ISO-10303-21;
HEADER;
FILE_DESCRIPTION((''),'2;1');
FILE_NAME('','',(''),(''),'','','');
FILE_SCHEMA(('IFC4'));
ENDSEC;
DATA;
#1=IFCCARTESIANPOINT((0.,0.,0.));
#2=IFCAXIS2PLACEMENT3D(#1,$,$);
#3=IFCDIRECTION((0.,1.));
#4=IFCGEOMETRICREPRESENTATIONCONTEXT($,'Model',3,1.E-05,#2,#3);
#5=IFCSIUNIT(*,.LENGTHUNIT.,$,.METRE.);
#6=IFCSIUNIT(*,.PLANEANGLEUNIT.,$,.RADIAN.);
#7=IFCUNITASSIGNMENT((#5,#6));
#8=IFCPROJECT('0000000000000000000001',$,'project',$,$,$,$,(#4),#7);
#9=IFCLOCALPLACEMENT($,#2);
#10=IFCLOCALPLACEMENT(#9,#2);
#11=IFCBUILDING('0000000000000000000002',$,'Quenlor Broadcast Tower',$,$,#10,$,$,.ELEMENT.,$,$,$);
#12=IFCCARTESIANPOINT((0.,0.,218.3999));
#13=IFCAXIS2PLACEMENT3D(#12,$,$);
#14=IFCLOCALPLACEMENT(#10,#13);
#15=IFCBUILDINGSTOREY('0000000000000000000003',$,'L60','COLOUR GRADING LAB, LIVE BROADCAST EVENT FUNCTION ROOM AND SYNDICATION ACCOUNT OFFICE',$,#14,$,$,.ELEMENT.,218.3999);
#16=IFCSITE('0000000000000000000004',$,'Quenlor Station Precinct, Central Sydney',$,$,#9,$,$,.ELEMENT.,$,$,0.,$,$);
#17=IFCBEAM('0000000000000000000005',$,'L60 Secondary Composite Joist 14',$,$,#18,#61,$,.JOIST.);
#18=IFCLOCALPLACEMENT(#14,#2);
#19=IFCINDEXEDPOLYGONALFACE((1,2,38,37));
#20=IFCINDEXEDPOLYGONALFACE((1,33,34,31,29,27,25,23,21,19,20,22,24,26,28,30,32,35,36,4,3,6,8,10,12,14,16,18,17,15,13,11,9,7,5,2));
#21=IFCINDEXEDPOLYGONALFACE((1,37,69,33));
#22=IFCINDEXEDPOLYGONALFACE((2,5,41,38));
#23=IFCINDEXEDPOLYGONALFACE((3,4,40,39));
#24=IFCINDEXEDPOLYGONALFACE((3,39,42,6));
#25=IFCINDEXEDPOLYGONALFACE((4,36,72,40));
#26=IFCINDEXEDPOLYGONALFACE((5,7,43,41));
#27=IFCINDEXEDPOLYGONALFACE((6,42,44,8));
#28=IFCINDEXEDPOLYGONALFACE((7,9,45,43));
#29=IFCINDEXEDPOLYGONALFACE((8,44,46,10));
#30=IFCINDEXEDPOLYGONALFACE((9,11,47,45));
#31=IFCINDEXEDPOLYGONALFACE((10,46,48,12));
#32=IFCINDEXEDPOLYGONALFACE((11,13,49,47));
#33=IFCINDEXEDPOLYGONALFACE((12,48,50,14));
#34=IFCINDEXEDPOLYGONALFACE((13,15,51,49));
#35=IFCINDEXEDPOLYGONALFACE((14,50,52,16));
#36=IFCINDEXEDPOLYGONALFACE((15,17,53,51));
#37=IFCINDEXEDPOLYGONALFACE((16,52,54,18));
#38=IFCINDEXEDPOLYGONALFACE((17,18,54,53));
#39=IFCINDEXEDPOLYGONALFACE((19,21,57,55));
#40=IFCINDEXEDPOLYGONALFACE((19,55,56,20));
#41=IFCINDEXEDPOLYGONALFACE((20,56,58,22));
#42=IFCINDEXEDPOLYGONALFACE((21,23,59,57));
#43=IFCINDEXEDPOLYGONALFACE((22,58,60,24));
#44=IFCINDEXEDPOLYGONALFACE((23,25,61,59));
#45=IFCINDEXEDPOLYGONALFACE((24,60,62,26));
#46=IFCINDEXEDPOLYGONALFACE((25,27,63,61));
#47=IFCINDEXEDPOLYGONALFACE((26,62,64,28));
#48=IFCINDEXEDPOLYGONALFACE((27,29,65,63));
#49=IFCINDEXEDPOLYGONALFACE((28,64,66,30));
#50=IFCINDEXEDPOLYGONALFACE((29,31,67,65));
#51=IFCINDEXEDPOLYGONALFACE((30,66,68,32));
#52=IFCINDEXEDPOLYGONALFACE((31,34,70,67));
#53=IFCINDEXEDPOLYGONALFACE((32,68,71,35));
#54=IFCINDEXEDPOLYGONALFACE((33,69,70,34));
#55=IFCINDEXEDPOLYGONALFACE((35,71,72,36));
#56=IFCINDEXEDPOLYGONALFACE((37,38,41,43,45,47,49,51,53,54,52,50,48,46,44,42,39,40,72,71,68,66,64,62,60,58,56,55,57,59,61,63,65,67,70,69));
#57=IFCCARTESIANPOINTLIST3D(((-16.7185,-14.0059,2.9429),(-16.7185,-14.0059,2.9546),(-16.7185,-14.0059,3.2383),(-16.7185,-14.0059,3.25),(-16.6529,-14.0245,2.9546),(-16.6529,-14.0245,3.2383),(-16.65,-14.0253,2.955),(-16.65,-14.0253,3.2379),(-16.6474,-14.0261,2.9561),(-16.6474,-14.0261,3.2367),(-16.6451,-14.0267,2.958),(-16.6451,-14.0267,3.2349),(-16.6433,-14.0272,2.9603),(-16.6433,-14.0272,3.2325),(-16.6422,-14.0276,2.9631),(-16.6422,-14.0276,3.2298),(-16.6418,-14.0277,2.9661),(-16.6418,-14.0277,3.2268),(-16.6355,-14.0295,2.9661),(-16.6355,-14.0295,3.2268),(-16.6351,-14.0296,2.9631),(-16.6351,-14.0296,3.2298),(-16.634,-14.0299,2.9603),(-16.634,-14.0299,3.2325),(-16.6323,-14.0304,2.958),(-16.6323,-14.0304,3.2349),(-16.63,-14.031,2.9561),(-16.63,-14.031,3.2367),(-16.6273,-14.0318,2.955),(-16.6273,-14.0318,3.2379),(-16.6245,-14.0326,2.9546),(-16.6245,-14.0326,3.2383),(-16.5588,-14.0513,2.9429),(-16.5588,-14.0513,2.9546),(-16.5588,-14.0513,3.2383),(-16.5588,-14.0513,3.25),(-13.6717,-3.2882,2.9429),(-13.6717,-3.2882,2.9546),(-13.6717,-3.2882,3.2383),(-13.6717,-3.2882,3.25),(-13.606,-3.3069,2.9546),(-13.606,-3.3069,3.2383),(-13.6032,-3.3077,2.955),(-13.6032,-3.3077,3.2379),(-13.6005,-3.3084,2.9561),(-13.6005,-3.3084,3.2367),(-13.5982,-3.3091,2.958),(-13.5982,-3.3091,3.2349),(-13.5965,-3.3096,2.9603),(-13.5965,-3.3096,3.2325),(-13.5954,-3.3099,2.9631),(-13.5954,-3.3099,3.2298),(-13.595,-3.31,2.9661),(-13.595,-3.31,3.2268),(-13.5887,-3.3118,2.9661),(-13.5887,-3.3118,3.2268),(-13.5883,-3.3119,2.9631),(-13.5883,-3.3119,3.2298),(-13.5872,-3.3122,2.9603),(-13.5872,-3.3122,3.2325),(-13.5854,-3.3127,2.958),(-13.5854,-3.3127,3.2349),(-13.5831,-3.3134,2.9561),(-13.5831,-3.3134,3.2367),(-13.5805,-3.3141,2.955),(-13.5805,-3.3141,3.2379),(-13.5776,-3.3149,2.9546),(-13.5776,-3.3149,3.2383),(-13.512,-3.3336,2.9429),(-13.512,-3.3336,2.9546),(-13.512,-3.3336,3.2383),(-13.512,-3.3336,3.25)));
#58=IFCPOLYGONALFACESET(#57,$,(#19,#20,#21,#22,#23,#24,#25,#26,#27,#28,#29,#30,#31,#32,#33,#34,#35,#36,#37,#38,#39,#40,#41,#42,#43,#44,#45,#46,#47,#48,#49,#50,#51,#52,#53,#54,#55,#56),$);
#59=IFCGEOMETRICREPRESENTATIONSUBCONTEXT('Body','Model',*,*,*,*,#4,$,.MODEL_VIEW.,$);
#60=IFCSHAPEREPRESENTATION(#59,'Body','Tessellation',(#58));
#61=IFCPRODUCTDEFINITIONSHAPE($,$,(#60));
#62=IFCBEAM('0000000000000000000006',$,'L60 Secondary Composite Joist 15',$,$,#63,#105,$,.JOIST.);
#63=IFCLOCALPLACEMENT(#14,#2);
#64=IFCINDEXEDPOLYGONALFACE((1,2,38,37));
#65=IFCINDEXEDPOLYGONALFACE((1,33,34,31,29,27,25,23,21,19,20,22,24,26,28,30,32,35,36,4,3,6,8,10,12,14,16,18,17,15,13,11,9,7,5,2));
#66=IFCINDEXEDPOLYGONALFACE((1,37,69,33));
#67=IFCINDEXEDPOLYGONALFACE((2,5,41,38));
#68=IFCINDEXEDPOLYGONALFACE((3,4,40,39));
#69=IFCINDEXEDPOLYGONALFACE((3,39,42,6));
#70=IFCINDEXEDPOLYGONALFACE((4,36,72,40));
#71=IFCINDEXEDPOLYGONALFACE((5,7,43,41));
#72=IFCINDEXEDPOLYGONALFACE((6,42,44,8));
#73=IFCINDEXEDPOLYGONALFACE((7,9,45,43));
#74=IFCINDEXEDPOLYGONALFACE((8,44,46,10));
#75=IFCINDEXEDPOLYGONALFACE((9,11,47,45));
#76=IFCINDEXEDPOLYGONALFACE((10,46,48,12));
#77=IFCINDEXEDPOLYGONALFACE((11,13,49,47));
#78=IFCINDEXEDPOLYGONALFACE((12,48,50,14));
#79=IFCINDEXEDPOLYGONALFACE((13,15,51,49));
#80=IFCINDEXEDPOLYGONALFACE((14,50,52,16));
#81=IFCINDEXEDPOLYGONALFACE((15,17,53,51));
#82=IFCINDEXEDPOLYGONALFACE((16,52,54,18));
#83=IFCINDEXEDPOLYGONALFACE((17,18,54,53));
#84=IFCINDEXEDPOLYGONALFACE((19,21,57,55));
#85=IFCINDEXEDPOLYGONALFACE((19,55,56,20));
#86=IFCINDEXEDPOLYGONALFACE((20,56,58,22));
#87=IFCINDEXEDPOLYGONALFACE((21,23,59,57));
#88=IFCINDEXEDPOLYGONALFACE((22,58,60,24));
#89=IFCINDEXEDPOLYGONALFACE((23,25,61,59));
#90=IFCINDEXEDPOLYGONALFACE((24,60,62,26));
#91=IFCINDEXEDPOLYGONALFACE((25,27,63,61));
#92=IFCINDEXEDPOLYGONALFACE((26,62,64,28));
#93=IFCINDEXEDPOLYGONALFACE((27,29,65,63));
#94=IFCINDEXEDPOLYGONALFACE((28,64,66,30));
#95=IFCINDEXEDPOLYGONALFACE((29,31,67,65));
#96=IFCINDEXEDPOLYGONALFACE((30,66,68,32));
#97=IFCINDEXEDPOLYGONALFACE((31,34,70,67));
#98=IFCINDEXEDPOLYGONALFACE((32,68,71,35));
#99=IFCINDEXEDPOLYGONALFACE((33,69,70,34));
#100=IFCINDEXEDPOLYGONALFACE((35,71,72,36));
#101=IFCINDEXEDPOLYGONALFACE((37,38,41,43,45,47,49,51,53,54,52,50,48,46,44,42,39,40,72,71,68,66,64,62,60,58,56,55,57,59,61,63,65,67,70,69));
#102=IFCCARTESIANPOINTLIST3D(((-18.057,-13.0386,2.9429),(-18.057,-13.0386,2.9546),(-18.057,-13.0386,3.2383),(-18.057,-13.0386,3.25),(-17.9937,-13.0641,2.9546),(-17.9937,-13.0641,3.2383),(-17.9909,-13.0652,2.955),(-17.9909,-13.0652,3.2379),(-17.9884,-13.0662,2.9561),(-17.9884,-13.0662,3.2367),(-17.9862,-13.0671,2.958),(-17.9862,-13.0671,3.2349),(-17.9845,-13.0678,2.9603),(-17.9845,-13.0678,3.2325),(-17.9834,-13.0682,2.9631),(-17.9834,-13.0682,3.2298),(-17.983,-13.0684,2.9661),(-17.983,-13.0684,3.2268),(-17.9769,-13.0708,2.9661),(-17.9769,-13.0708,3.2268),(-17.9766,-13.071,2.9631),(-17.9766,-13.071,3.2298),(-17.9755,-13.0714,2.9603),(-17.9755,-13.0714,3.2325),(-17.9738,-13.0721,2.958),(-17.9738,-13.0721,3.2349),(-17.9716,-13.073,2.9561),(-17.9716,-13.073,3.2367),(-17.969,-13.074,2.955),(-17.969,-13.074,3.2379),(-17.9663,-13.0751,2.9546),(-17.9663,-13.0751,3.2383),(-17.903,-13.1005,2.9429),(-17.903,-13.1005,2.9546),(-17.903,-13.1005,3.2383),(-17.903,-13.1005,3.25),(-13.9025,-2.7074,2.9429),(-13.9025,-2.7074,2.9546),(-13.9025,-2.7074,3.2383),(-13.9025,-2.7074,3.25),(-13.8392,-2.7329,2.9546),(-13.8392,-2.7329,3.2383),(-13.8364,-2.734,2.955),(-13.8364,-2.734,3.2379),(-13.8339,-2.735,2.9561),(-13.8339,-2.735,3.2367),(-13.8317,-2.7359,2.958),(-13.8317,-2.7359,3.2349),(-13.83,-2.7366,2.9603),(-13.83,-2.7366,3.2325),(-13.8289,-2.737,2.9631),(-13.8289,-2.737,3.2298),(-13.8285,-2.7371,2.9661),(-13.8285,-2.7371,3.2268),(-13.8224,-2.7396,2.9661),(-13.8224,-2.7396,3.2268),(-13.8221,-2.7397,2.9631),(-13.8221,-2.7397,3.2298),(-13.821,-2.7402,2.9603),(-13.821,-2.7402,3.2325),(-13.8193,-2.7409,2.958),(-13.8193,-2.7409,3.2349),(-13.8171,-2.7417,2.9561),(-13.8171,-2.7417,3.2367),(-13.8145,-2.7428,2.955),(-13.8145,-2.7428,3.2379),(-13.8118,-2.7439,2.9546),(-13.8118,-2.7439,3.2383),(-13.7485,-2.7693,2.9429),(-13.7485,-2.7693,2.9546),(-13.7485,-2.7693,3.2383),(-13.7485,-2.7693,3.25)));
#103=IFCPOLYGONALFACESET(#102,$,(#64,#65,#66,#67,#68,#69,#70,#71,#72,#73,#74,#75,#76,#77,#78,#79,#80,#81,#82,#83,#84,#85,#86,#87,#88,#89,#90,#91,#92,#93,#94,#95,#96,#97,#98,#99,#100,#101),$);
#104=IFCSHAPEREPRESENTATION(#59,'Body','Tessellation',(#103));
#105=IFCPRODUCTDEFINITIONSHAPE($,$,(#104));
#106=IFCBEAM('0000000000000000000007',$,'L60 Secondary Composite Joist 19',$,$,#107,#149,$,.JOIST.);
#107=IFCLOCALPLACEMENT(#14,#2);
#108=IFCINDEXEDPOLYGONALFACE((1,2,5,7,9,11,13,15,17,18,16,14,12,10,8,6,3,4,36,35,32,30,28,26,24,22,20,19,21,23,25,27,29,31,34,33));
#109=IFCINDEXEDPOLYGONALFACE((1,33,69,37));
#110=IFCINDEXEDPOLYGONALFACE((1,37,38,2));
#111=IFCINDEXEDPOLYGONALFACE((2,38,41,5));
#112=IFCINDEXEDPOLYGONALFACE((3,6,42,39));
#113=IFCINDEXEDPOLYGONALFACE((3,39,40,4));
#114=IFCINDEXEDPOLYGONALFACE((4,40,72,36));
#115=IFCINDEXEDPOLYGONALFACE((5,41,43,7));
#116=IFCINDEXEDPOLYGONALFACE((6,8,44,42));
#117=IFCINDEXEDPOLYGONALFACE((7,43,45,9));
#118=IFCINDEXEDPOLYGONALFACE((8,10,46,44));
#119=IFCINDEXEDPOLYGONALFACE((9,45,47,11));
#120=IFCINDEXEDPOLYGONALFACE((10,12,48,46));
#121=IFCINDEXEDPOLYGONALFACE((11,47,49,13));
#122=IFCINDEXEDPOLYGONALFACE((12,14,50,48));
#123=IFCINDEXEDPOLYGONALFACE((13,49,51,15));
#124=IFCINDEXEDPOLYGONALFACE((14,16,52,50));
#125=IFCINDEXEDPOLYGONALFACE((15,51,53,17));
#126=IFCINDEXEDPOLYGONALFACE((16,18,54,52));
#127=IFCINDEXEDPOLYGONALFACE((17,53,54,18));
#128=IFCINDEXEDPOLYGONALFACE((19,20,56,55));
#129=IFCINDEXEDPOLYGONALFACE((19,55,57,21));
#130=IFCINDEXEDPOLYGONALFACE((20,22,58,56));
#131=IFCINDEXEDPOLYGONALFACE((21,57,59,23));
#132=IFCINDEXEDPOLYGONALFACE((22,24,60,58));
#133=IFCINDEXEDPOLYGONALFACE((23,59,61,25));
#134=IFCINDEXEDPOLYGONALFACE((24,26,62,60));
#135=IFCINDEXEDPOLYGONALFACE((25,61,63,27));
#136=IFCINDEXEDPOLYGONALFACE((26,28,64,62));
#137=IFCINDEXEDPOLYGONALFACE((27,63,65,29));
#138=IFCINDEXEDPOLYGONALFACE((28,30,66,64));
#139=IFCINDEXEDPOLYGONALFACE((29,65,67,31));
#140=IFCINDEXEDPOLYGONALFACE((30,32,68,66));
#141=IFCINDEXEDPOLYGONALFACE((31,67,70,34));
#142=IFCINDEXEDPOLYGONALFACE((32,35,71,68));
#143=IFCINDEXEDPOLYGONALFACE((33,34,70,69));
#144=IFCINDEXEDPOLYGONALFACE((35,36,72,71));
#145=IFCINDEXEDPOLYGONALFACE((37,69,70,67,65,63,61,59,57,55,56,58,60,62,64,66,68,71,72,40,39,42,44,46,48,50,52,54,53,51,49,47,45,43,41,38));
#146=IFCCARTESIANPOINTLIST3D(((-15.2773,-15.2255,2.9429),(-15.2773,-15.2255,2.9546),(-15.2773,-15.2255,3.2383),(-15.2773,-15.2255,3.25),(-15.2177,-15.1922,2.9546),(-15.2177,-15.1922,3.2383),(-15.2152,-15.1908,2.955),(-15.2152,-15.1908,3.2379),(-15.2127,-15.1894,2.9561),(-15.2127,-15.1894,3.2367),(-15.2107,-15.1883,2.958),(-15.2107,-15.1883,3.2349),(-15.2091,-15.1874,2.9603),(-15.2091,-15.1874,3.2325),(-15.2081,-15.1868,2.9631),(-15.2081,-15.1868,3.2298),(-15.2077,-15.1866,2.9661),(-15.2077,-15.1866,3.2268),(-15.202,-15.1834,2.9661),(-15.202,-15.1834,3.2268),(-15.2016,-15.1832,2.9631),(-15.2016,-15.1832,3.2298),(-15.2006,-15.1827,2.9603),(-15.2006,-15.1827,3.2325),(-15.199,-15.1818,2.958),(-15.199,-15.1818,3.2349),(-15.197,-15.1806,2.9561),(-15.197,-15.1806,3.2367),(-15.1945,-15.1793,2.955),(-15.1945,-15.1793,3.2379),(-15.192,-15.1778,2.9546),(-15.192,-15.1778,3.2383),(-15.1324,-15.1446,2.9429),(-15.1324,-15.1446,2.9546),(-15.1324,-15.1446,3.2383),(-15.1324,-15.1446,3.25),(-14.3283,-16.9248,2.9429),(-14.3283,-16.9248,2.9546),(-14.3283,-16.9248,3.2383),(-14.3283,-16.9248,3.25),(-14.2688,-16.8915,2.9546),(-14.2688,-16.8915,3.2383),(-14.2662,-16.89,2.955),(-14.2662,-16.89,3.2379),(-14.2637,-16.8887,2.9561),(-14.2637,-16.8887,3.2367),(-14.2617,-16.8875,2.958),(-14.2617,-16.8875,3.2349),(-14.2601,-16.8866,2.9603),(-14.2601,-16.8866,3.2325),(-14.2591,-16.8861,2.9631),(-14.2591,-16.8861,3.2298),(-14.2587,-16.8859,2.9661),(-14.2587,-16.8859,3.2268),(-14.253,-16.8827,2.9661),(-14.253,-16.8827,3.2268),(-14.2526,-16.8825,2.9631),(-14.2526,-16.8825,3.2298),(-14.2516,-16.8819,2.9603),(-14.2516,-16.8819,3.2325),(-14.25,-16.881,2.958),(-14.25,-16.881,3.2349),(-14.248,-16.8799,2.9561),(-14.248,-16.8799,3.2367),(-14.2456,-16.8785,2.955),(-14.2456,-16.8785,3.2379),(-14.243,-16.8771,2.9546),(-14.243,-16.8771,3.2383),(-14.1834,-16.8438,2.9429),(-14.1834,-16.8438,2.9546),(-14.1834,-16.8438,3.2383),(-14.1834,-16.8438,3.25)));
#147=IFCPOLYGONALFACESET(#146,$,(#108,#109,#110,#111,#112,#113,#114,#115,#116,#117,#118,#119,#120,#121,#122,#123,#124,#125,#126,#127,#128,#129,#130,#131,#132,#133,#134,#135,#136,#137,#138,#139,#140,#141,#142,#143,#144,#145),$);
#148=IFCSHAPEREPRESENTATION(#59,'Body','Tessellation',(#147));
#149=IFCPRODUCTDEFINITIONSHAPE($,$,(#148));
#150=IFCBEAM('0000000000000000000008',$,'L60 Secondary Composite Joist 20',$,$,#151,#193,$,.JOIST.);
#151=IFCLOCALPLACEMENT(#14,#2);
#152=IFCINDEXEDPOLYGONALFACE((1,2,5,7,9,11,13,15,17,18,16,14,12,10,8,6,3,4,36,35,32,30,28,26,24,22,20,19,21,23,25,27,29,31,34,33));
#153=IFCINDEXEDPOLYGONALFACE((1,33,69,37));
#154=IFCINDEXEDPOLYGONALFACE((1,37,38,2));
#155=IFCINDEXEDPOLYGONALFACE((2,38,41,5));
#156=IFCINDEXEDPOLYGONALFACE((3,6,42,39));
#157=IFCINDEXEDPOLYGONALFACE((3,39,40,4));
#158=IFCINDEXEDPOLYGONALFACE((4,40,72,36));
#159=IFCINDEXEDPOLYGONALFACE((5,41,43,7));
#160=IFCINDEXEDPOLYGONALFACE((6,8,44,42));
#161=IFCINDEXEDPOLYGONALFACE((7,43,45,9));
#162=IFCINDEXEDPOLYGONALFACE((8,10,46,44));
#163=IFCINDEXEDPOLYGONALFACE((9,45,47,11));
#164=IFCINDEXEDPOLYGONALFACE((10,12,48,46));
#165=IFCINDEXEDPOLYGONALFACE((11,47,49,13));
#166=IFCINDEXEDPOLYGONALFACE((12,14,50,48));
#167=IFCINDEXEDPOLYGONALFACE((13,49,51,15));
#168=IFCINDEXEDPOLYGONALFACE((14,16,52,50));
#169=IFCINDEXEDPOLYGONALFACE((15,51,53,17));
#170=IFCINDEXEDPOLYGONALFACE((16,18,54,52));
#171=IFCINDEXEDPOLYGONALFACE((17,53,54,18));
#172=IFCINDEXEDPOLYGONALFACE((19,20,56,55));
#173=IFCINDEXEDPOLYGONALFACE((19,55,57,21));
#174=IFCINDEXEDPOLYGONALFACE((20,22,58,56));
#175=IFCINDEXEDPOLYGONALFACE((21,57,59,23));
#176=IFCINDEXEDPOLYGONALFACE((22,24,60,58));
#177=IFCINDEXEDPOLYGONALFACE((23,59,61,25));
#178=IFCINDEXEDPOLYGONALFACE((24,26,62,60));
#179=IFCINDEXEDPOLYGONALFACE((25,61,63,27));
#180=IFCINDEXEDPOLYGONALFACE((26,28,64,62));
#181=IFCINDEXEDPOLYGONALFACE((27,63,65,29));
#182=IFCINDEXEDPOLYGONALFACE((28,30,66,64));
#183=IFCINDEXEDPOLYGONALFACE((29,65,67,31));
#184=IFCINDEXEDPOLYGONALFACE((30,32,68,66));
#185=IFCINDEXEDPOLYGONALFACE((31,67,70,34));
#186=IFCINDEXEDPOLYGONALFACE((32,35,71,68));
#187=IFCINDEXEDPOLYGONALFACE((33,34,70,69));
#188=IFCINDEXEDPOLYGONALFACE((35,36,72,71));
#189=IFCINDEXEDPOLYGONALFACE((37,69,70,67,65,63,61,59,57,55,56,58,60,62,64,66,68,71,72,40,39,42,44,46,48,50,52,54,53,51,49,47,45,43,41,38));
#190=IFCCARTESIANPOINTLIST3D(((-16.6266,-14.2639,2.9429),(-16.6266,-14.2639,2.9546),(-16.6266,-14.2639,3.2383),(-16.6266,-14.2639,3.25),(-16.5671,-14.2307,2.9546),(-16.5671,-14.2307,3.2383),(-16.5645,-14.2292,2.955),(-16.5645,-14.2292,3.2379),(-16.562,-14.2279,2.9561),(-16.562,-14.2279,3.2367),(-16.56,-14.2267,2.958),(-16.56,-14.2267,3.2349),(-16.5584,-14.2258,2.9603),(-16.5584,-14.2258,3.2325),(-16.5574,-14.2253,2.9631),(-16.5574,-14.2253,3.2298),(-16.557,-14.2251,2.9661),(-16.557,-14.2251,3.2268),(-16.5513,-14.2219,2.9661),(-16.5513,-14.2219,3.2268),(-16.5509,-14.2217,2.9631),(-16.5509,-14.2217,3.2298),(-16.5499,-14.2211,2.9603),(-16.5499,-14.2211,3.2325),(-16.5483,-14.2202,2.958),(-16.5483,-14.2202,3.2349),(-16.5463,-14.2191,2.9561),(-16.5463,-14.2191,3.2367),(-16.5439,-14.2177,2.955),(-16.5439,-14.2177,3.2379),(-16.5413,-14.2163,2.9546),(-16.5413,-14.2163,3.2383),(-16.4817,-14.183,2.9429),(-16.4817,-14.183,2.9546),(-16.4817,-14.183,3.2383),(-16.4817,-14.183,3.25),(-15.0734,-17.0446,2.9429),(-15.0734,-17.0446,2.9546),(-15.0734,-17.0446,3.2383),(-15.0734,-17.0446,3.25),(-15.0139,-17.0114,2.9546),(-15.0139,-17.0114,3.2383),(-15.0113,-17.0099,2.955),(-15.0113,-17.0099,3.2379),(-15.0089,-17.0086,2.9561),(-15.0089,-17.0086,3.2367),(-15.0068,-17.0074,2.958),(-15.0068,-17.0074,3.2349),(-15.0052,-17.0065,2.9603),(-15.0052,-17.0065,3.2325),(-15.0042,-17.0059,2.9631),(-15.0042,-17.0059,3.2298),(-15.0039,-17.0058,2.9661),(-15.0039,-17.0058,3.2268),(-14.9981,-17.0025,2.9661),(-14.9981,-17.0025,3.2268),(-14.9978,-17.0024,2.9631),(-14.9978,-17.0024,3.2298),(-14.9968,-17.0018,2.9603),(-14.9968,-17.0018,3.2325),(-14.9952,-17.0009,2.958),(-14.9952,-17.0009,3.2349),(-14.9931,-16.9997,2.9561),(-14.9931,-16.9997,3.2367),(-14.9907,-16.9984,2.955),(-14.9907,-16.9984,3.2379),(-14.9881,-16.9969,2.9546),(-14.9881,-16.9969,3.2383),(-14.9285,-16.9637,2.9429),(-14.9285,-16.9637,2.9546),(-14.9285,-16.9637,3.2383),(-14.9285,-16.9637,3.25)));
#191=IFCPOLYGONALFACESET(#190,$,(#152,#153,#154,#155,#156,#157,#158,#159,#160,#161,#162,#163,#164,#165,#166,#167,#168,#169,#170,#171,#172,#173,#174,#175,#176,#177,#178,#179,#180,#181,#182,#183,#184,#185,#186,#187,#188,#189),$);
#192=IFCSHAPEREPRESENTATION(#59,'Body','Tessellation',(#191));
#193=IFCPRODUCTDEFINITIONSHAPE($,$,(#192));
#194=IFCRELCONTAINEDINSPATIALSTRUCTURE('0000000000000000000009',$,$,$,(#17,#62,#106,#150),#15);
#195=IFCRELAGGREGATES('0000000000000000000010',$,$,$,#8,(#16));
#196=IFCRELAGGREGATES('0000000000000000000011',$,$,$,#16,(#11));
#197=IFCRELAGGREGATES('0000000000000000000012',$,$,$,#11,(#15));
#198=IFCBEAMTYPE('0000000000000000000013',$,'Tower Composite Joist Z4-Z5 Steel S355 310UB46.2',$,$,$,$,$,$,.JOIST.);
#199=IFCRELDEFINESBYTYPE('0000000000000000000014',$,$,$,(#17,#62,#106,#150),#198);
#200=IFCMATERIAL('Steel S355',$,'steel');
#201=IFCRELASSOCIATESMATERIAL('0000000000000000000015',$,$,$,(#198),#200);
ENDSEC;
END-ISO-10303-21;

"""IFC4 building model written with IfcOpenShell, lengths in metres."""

from ifc_helpers import new_model, si_unit, direction, frame, origin, origin_2d, place, context, subcontext, project, spatial, i_section, extrude, material, material_profile, profile_set, type_object, element, save


model = new_model("IFC4")

# Units and contexts
model_context = context("Model", 3, precision=1e-05, world=origin(), true_north=direction((0.0, 1.0)))
body_context = subcontext(model_context, "Body", "Model", "MODEL_VIEW")
ifc_project = project(units=[si_unit("LENGTHUNIT", "METRE"), si_unit("PLANEANGLEUNIT", "RADIAN")], contexts=[model_context])

# Site, building, storey
site_placement = place(None, origin())
site = spatial("IfcSite", under=ifc_project, at=site_placement, Name="Quenlor Station Precinct, Central Sydney", CompositionType="ELEMENT", RefElevation=0.0)
building_placement = place(site_placement, origin())
building = spatial("IfcBuilding", under=site, at=building_placement, Name="Quenlor Broadcast Tower", CompositionType="ELEMENT")
storey_placement = place(building_placement, frame((0.0, 0.0, 218.3999)))
storey = spatial("IfcBuildingStorey", under=building, at=storey_placement, Name="L60", Description="COLOUR GRADING LAB, LIVE BROADCAST EVENT FUNCTION ROOM AND SYNDICATION ACCOUNT OFFICE", CompositionType="ELEMENT", Elevation=218.3999)

# Beams
ifc_material_1 = material(Name="Steel S355", Category="steel")
ifc_material_profile_1 = material_profile(ifc_material_1, i_section(OverallWidth=0.166, OverallDepth=0.3071, WebThickness=0.0066, FlangeThickness=0.0117, FilletRadius=0.0115, at=origin_2d()))
ifc_profile_set_1 = profile_set([ifc_material_profile_1], Name="Steel S355 310UB46.2")
beam_type_1 = type_object("IfcBeamType", Name="Tower Composite Joist Z4-Z5 Steel S355 310UB46.2", PredefinedType="JOIST", material=ifc_profile_set_1)
beam_1_placement = place(storey_placement, frame((-16.6387, -14.0286, 3.0964), z_axis=(0.273448, 0.961887, 0.0), x_axis=(-0.961887, 0.273448, 0.0)))
element("IfcBeam", 1, at=beam_1_placement, inside=storey, type_object=beam_type_1, Name="L60 Secondary Composite Joist 14", PredefinedType="JOIST", context=body_context, shape_type="SweptSolid", body=[
    extrude(i_section(OverallWidth=0.166, OverallDepth=0.3071, WebThickness=0.0066, FlangeThickness=0.0117, FilletRadius=0.0115, at=origin_2d()), origin(), (0.0, 0.0, 1.0), 11.1423),
])
beam_2_placement = place(storey_placement, frame((-17.98, -13.0696, 3.0964), z_axis=(0.373095, 0.927793, 0.0), x_axis=(-0.927793, 0.373095, 0.0)))
element("IfcBeam", 2, at=beam_2_placement, inside=storey, type_object=beam_type_1, Name="L60 Secondary Composite Joist 15", PredefinedType="JOIST", context=body_context, shape_type="SweptSolid", body=[
    extrude(i_section(OverallWidth=0.166, OverallDepth=0.3071, WebThickness=0.0066, FlangeThickness=0.0117, FilletRadius=0.0115, at=origin_2d()), origin(), (0.0, 0.0, 1.0), 11.1353),
])
beam_3_placement = place(storey_placement, frame((-14.2559, -16.8843, 3.0964), z_axis=(-0.487591, 0.873072, 0.0), x_axis=(-0.873072, -0.487591, 0.0)))
element("IfcBeam", 3, at=beam_3_placement, inside=storey, type_object=beam_type_1, Name="L60 Secondary Composite Joist 19", PredefinedType="JOIST", context=body_context, shape_type="SweptSolid", body=[
    extrude(i_section(OverallWidth=0.166, OverallDepth=0.3071, WebThickness=0.0066, FlangeThickness=0.0117, FilletRadius=0.0115, at=origin_2d()), origin(), (0.0, 0.0, 1.0), 1.9463),
])
beam_4_placement = place(storey_placement, frame((-15.001, -17.0042, 3.0964), z_axis=(-0.487646, 0.873041, 0.0), x_axis=(-0.873041, -0.487646, 0.0)))
element("IfcBeam", 4, at=beam_4_placement, inside=storey, type_object=beam_type_1, Name="L60 Secondary Composite Joist 20", PredefinedType="JOIST", context=body_context, shape_type="SweptSolid", body=[
    extrude(i_section(OverallWidth=0.166, OverallDepth=0.3071, WebThickness=0.0066, FlangeThickness=0.0117, FilletRadius=0.0115, at=origin_2d()), origin(), (0.0, 0.0, 1.0), 3.1851),
])

save(model, "model.ifc")
